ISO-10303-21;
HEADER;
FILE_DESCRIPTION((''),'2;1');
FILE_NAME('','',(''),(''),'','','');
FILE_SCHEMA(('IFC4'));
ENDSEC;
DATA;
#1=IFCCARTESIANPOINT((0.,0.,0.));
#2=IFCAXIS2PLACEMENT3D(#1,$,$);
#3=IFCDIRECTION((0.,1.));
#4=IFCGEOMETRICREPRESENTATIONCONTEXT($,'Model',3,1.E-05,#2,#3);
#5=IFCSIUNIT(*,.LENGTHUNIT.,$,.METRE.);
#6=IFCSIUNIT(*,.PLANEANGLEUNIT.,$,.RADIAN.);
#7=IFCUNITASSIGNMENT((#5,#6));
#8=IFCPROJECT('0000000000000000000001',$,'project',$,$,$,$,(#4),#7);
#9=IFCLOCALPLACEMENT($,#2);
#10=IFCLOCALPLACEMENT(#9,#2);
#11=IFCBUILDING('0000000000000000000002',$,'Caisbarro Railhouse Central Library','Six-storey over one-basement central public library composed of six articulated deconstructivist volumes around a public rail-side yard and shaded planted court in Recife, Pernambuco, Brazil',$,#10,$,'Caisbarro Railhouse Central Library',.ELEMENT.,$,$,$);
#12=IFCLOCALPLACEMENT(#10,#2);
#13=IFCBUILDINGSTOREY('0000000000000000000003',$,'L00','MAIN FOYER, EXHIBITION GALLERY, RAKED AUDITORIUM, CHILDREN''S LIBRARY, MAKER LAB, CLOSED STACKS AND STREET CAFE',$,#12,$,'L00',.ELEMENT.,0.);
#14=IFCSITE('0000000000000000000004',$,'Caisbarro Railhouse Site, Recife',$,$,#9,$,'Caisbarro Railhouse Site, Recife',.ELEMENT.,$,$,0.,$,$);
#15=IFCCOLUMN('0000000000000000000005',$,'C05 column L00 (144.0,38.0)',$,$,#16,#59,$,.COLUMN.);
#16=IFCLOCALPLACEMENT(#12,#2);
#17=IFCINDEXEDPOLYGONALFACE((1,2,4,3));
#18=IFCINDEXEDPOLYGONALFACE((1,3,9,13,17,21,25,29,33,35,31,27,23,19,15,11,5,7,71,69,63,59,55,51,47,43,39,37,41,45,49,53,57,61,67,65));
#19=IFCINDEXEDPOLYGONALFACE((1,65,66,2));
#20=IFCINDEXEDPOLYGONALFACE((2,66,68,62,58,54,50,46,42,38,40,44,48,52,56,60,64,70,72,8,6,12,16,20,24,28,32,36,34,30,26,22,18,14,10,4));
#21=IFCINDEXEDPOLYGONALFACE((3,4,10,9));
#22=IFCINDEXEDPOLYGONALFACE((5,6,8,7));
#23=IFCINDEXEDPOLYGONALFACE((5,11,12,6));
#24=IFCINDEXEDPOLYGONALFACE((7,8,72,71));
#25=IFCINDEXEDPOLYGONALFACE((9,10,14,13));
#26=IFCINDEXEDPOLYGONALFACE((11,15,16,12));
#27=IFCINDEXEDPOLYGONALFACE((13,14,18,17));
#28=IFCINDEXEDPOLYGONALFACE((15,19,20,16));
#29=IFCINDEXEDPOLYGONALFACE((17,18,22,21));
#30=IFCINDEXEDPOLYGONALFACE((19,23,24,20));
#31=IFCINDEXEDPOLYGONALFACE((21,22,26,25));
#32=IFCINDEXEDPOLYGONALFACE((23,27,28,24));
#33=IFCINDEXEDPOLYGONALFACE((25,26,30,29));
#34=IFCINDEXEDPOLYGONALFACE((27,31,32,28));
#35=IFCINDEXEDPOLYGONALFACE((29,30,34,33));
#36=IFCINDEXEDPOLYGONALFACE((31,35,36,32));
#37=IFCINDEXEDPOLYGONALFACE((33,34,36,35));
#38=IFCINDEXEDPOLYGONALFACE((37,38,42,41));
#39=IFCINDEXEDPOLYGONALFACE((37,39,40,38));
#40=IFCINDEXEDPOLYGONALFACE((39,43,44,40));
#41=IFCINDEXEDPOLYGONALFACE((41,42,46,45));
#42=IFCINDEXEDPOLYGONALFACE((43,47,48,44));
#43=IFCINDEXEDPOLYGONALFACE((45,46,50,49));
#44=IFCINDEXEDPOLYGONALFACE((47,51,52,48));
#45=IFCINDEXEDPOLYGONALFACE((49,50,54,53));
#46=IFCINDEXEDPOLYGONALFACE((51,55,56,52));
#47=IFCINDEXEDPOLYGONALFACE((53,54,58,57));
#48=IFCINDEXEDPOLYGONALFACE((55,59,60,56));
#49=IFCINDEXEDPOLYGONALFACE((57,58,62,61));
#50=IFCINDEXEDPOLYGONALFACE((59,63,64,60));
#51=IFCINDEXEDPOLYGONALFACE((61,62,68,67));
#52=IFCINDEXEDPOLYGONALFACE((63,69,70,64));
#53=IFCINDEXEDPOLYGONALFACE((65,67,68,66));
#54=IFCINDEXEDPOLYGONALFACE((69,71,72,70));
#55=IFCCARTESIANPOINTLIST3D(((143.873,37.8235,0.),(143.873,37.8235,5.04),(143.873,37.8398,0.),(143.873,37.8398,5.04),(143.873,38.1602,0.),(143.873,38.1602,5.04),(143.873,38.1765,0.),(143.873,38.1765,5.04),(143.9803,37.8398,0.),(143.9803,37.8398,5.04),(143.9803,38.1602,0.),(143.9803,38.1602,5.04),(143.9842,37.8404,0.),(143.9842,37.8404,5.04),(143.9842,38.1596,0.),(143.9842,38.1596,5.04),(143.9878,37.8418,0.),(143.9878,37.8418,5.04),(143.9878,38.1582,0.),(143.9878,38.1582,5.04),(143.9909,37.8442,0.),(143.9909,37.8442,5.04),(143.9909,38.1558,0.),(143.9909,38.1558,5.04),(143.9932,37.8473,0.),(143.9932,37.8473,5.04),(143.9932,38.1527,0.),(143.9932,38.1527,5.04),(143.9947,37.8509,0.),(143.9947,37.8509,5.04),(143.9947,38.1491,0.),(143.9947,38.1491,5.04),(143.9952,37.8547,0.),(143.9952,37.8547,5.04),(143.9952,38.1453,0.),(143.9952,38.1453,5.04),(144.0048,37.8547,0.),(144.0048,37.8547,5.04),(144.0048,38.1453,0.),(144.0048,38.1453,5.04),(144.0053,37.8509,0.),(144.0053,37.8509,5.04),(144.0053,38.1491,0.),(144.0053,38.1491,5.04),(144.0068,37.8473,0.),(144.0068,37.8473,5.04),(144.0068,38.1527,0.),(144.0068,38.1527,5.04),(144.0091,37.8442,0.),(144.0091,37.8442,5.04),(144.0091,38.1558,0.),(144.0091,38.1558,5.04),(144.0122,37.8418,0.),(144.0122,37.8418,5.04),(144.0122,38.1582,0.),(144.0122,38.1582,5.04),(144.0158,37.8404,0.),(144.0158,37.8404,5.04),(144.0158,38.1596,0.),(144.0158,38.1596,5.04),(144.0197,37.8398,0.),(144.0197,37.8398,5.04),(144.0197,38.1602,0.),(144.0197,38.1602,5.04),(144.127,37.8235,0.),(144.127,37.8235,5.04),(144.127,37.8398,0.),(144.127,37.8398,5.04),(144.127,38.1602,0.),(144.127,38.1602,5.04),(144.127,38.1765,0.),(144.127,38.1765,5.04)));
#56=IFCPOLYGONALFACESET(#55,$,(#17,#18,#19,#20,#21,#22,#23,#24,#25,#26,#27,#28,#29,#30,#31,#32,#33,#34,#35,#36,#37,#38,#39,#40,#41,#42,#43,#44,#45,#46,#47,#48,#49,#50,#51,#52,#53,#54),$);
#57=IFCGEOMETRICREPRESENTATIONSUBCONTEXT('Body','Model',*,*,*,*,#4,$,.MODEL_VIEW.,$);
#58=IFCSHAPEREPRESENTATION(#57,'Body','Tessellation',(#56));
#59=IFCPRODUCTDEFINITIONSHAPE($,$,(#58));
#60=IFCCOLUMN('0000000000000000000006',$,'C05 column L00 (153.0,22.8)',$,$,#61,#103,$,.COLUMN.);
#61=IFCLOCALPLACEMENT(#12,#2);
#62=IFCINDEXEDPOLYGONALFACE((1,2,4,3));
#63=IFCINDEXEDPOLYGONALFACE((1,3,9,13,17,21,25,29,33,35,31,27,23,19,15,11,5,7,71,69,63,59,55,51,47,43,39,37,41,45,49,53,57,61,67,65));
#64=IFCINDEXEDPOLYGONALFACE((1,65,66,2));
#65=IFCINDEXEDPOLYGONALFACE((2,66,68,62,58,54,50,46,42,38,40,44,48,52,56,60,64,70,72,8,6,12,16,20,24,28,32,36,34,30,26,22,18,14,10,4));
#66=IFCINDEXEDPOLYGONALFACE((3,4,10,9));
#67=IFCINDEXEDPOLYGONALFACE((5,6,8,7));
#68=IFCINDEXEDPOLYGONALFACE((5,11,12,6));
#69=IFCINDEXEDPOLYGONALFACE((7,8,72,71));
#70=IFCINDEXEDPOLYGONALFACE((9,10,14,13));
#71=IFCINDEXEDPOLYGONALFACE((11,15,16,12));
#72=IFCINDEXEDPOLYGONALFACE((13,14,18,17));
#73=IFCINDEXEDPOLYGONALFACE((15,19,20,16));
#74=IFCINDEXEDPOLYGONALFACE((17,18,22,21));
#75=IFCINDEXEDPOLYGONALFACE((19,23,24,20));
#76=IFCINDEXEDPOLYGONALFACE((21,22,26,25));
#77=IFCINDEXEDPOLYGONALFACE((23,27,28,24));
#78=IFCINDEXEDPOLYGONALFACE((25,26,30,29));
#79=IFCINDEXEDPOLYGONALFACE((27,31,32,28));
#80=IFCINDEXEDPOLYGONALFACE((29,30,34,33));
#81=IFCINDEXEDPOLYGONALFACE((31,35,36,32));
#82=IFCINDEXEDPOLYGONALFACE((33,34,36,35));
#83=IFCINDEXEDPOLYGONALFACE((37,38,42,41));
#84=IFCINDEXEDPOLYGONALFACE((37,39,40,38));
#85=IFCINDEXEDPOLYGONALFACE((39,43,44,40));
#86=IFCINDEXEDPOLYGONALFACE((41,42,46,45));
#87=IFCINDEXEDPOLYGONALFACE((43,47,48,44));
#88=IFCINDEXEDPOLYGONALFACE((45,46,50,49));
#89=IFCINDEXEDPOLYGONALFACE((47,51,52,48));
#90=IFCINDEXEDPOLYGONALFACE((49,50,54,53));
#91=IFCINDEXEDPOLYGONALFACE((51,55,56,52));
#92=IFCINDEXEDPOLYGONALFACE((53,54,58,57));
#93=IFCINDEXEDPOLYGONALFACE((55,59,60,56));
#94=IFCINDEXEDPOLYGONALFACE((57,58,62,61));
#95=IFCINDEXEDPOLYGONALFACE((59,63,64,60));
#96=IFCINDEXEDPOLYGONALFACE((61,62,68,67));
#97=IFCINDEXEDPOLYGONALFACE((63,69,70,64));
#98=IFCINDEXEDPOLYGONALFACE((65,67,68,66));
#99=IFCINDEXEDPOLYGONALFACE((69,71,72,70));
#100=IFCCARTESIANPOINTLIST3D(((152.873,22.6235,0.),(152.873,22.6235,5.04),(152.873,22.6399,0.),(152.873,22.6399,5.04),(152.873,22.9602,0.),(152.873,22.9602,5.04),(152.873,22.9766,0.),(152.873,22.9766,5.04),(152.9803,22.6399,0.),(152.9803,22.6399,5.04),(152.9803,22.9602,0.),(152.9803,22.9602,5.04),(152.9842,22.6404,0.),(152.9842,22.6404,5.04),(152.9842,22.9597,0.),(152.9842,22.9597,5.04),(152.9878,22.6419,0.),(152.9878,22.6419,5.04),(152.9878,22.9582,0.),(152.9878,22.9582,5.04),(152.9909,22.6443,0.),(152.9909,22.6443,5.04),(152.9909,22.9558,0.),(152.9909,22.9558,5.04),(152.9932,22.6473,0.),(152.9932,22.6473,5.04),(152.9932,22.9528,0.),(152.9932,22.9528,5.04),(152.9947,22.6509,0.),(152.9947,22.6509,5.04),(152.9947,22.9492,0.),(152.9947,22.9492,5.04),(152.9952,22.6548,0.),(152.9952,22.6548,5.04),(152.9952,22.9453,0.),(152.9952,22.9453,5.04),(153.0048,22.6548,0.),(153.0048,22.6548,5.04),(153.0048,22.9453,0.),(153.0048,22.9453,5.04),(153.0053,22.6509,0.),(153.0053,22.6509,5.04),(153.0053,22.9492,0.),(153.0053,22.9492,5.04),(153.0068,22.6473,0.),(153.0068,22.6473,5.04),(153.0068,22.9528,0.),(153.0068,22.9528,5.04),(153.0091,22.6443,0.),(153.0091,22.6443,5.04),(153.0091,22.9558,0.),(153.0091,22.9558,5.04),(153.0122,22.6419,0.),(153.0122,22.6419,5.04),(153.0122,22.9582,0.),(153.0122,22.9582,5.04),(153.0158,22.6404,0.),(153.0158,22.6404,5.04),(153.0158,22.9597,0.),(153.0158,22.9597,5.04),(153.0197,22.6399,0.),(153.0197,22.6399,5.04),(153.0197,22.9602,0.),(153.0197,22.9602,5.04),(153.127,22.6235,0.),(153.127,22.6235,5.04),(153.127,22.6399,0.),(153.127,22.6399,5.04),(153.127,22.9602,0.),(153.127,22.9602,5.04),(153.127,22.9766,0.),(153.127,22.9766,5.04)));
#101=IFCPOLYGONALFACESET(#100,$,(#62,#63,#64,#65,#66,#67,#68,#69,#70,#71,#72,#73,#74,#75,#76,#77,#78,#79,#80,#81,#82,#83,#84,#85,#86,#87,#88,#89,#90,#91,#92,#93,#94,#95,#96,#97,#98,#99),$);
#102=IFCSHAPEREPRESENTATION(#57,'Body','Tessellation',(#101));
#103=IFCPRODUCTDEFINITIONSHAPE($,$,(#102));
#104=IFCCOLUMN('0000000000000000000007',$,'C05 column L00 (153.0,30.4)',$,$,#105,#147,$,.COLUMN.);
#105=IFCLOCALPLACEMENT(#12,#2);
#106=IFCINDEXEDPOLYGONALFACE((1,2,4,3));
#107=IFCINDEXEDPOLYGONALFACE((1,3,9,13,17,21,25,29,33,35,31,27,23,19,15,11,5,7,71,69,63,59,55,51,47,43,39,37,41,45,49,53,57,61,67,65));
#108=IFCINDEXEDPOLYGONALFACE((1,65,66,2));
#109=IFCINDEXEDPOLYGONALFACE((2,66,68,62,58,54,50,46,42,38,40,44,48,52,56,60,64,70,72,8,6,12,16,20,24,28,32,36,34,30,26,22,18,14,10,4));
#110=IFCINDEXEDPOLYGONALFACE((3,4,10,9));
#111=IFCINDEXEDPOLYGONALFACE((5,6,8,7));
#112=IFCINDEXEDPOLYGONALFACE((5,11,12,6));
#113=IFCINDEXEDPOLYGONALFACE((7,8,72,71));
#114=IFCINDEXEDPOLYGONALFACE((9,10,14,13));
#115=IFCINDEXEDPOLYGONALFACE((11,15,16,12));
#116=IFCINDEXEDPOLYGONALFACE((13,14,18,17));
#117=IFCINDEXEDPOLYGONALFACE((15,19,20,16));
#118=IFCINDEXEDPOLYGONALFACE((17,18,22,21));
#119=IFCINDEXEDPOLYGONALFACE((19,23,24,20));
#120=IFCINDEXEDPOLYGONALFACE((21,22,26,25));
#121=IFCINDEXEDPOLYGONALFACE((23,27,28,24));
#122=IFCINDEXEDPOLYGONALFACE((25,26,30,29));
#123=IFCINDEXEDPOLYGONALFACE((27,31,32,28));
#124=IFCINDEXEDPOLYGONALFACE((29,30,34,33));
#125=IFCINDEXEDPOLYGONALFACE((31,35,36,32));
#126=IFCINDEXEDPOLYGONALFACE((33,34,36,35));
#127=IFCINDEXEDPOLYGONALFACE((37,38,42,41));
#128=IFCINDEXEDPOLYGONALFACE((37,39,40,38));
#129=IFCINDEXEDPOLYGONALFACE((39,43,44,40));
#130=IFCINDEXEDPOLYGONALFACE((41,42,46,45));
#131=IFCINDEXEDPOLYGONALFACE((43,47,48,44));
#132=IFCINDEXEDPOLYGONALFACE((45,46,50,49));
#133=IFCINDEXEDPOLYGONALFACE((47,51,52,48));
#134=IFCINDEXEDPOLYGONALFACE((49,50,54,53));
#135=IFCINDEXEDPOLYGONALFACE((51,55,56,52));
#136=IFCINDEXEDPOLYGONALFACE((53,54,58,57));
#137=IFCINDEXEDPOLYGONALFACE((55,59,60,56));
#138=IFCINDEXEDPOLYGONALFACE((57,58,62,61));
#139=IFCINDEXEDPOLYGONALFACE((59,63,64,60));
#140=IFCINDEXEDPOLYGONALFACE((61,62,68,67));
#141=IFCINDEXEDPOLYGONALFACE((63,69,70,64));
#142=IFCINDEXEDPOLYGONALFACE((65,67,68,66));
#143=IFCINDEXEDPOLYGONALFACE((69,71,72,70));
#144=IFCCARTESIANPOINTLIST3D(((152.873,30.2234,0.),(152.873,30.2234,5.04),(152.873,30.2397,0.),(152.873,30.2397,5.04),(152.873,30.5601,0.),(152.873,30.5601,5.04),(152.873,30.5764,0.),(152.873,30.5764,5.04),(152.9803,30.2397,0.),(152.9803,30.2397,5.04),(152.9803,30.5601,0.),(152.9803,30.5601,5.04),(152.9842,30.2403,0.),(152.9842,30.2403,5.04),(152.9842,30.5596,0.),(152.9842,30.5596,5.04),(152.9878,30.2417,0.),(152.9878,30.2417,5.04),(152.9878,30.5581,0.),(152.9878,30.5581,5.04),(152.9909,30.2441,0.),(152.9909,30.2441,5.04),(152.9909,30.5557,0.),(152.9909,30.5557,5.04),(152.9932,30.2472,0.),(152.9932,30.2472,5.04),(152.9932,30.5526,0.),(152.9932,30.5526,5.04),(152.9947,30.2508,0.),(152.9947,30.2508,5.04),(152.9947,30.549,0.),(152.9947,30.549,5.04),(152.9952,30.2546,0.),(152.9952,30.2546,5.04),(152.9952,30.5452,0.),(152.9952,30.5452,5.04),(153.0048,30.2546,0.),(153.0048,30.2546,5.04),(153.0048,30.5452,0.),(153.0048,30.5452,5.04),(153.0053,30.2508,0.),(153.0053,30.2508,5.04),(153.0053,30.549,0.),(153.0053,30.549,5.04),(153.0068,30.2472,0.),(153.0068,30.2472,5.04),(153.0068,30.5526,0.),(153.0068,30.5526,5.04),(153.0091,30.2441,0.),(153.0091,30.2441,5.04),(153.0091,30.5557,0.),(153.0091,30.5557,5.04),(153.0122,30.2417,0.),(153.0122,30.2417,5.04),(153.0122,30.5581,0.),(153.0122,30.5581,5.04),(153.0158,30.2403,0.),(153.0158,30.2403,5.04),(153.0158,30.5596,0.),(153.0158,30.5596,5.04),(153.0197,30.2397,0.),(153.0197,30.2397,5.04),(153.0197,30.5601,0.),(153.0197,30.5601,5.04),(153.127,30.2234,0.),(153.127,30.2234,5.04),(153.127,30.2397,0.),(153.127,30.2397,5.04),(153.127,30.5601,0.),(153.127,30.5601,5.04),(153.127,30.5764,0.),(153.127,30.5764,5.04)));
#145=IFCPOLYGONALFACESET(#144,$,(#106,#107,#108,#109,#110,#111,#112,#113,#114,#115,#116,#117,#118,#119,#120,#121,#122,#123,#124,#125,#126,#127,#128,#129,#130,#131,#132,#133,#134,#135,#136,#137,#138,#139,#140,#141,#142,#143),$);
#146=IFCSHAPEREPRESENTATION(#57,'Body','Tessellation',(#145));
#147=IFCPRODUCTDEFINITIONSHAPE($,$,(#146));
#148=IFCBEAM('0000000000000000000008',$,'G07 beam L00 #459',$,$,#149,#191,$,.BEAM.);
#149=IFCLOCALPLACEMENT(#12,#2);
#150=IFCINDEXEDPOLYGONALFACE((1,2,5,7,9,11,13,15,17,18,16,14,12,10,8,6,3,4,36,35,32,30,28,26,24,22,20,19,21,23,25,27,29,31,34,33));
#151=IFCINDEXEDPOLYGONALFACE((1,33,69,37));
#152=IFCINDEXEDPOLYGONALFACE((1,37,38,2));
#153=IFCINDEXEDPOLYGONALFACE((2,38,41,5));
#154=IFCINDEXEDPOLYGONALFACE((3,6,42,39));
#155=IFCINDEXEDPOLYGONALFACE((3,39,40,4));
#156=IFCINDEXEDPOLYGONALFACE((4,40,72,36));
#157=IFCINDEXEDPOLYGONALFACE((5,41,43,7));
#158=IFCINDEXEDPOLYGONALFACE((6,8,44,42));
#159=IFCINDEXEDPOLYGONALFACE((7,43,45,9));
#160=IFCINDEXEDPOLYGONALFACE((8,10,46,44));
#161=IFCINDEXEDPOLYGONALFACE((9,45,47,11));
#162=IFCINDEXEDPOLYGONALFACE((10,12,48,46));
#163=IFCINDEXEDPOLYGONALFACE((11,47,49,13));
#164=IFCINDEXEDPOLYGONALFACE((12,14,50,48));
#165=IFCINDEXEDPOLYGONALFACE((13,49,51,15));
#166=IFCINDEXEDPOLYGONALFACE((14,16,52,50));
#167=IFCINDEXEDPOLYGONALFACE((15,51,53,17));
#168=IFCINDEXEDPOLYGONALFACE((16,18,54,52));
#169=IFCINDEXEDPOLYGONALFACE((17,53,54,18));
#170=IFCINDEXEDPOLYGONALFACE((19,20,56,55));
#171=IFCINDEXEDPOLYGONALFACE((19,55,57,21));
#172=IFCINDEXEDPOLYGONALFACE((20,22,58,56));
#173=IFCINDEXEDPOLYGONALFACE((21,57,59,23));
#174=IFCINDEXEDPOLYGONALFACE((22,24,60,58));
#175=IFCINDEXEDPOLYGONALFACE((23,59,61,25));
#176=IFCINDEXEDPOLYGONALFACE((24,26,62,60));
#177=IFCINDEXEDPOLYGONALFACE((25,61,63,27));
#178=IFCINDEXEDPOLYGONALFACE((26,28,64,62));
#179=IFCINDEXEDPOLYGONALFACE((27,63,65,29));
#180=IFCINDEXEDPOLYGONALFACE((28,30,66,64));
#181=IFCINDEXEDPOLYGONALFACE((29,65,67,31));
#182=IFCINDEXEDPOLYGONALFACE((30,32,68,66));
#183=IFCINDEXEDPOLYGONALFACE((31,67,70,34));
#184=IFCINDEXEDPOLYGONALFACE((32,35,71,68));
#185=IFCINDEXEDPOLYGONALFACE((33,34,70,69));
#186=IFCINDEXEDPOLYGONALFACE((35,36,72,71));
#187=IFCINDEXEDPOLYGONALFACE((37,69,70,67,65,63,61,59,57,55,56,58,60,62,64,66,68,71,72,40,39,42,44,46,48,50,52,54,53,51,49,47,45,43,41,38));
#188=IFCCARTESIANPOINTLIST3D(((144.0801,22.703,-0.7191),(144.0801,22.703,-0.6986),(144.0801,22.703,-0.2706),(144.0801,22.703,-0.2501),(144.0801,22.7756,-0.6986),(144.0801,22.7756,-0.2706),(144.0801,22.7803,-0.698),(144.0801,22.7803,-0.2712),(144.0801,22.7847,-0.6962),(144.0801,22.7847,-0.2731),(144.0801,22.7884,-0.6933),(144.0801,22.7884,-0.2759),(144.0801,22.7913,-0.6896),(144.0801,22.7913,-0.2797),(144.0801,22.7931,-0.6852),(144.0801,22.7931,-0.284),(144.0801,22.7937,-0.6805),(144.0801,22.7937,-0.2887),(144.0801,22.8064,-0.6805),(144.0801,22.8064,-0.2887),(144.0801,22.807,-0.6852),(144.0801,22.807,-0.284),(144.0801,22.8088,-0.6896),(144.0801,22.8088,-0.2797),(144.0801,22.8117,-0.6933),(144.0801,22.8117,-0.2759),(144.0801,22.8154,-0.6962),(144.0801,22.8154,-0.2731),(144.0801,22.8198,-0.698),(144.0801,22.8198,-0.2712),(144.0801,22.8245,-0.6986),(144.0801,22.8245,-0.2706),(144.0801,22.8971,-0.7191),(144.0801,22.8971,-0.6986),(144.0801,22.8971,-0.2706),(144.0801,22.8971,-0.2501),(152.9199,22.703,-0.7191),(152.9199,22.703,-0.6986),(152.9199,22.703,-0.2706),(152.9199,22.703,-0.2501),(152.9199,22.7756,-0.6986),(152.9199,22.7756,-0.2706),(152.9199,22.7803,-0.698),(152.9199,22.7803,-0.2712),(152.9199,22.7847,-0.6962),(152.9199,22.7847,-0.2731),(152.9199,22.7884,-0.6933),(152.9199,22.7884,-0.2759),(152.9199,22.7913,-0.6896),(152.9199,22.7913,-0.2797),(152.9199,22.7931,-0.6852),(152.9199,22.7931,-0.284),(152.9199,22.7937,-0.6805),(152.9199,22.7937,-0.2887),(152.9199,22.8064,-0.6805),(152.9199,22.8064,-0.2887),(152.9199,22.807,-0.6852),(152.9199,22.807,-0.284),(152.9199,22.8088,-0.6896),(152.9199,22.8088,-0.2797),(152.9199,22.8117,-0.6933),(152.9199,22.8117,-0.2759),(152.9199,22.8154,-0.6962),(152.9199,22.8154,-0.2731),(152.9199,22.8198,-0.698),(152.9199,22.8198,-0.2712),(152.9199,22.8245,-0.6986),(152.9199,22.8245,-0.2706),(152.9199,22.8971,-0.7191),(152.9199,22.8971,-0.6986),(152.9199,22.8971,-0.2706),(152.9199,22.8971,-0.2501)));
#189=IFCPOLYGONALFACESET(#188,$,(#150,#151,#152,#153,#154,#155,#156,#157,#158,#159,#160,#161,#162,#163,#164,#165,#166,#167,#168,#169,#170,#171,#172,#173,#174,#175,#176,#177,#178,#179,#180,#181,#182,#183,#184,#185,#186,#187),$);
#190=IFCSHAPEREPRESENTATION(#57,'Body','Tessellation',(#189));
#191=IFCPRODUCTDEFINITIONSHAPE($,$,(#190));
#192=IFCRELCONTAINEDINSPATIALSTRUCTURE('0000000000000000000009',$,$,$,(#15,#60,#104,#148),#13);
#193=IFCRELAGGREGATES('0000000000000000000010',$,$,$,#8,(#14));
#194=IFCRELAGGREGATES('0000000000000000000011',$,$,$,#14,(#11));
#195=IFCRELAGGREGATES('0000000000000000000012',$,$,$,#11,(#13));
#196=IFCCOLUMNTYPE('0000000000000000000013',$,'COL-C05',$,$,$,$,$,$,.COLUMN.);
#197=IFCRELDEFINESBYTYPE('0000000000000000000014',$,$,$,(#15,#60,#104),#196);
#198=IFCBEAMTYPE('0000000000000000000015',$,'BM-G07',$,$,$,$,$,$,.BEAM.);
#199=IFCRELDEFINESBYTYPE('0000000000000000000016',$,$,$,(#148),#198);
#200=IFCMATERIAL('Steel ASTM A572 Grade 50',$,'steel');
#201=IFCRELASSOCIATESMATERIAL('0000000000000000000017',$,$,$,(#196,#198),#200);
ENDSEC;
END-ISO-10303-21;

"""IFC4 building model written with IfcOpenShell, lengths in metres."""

from ifc_helpers import new_model, si_unit, direction, frame, origin, origin_2d, place, context, subcontext, project, spatial, i_section, extrude, material, material_profile, profile_set, type_object, element, save


model = new_model("IFC4")

# Units and contexts
model_context = context("Model", 3, precision=1e-05, world=origin(), true_north=direction((0.0, 1.0)))
body_context = subcontext(model_context, "Body", "Model", "MODEL_VIEW")
ifc_project = project(units=[si_unit("LENGTHUNIT", "METRE"), si_unit("PLANEANGLEUNIT", "RADIAN")], contexts=[model_context])

# Site, building, storey
site_placement = place(None, origin())
site = spatial("IfcSite", under=ifc_project, at=site_placement, Name="Caisbarro Railhouse Site, Recife", LongName="Caisbarro Railhouse Site, Recife", CompositionType="ELEMENT", RefElevation=0.0)
building_placement = place(site_placement, origin())
building = spatial("IfcBuilding", under=site, at=building_placement, Name="Caisbarro Railhouse Central Library", Description="Six-storey over one-basement central public library composed of six articulated deconstructivist volumes around a public rail-side yard and shaded planted court in Recife, Pernambuco, Brazil", LongName="Caisbarro Railhouse Central Library", CompositionType="ELEMENT")
storey_placement = place(building_placement, origin())
storey = spatial("IfcBuildingStorey", under=building, at=storey_placement, Name="L00", Description="MAIN FOYER, EXHIBITION GALLERY, RAKED AUDITORIUM, CHILDREN'S LIBRARY, MAKER LAB, CLOSED STACKS AND STREET CAFE", LongName="L00", CompositionType="ELEMENT", Elevation=0.0)

# Columns
ifc_material_1 = material(Name="Steel ASTM A572 Grade 50", Category="steel")
ifc_material_profile_1 = material_profile(ifc_material_1, i_section(OverallWidth=0.2539, OverallDepth=0.353, WebThickness=0.0095, FlangeThickness=0.0164, FilletRadius=0.0149, at=origin_2d()), Name="W360X91.0")
ifc_profile_set_1 = profile_set([ifc_material_profile_1], Name="Steel ASTM A572 Grade 50")
column_type = type_object("IfcColumnType", Name="COL-C05", PredefinedType="COLUMN", material=ifc_profile_set_1)
for number, where, z_axis, x_axis, name in (
    (1, (144.0, 38.0, 0.0), (0.0, 0.0, 1.0), (1.0, 0.0, 0.0), "C05 column L00 (144.0,38.0)"),
    (2, (153.0, 22.8, 0.0), (0.0, 0.0, 1.0), (1.0, 0.0, 0.0), "C05 column L00 (153.0,22.8)"),
    (3, (153.0, 30.3999, 0.0), (0.0, 0.0, 1.0), (1.0, 0.0, 0.0), "C05 column L00 (153.0,30.4)"),
):
    element("IfcColumn", number, at=place(storey_placement, frame(where, z_axis=z_axis, x_axis=x_axis)), inside=storey, type_object=column_type, Name=name, PredefinedType="COLUMN", context=body_context, shape_type="SweptSolid", body=[
        extrude(i_section(OverallWidth=0.2539, OverallDepth=0.353, WebThickness=0.0095, FlangeThickness=0.0164, FilletRadius=0.0149, at=origin_2d()), origin(), (0.0, 0.0, 1.0), 5.04),
    ])

# Beam
ifc_material_profile_2 = material_profile(ifc_material_1, i_section(OverallWidth=0.1941, OverallDepth=0.469, WebThickness=0.0127, FlangeThickness=0.0205, FilletRadius=0.0181, at=origin_2d()), Name="W460X106.0")
ifc_profile_set_2 = profile_set([ifc_material_profile_2], Name="Steel ASTM A572 Grade 50")
beam_type_1 = type_object("IfcBeamType", Name="BM-G07", PredefinedType="BEAM", material=ifc_profile_set_2)
for number, where, z_axis, x_axis, name in (
    (4, (144.0801, 22.8, -0.4846), (1.0, 0.0, 0.0), (0.0, 1.0, 0.0), "G07 beam L00 #459"),
):
    element("IfcBeam", number, at=place(storey_placement, frame(where, z_axis=z_axis, x_axis=x_axis)), inside=storey, type_object=beam_type_1, Name=name, PredefinedType="BEAM", context=body_context, shape_type="SweptSolid", body=[
        extrude(i_section(OverallWidth=0.1941, OverallDepth=0.469, WebThickness=0.0127, FlangeThickness=0.0205, FilletRadius=0.0181, at=origin_2d()), origin(), (0.0, 0.0, 1.0), 8.8398),
    ])

save(model, "model.ifc")
